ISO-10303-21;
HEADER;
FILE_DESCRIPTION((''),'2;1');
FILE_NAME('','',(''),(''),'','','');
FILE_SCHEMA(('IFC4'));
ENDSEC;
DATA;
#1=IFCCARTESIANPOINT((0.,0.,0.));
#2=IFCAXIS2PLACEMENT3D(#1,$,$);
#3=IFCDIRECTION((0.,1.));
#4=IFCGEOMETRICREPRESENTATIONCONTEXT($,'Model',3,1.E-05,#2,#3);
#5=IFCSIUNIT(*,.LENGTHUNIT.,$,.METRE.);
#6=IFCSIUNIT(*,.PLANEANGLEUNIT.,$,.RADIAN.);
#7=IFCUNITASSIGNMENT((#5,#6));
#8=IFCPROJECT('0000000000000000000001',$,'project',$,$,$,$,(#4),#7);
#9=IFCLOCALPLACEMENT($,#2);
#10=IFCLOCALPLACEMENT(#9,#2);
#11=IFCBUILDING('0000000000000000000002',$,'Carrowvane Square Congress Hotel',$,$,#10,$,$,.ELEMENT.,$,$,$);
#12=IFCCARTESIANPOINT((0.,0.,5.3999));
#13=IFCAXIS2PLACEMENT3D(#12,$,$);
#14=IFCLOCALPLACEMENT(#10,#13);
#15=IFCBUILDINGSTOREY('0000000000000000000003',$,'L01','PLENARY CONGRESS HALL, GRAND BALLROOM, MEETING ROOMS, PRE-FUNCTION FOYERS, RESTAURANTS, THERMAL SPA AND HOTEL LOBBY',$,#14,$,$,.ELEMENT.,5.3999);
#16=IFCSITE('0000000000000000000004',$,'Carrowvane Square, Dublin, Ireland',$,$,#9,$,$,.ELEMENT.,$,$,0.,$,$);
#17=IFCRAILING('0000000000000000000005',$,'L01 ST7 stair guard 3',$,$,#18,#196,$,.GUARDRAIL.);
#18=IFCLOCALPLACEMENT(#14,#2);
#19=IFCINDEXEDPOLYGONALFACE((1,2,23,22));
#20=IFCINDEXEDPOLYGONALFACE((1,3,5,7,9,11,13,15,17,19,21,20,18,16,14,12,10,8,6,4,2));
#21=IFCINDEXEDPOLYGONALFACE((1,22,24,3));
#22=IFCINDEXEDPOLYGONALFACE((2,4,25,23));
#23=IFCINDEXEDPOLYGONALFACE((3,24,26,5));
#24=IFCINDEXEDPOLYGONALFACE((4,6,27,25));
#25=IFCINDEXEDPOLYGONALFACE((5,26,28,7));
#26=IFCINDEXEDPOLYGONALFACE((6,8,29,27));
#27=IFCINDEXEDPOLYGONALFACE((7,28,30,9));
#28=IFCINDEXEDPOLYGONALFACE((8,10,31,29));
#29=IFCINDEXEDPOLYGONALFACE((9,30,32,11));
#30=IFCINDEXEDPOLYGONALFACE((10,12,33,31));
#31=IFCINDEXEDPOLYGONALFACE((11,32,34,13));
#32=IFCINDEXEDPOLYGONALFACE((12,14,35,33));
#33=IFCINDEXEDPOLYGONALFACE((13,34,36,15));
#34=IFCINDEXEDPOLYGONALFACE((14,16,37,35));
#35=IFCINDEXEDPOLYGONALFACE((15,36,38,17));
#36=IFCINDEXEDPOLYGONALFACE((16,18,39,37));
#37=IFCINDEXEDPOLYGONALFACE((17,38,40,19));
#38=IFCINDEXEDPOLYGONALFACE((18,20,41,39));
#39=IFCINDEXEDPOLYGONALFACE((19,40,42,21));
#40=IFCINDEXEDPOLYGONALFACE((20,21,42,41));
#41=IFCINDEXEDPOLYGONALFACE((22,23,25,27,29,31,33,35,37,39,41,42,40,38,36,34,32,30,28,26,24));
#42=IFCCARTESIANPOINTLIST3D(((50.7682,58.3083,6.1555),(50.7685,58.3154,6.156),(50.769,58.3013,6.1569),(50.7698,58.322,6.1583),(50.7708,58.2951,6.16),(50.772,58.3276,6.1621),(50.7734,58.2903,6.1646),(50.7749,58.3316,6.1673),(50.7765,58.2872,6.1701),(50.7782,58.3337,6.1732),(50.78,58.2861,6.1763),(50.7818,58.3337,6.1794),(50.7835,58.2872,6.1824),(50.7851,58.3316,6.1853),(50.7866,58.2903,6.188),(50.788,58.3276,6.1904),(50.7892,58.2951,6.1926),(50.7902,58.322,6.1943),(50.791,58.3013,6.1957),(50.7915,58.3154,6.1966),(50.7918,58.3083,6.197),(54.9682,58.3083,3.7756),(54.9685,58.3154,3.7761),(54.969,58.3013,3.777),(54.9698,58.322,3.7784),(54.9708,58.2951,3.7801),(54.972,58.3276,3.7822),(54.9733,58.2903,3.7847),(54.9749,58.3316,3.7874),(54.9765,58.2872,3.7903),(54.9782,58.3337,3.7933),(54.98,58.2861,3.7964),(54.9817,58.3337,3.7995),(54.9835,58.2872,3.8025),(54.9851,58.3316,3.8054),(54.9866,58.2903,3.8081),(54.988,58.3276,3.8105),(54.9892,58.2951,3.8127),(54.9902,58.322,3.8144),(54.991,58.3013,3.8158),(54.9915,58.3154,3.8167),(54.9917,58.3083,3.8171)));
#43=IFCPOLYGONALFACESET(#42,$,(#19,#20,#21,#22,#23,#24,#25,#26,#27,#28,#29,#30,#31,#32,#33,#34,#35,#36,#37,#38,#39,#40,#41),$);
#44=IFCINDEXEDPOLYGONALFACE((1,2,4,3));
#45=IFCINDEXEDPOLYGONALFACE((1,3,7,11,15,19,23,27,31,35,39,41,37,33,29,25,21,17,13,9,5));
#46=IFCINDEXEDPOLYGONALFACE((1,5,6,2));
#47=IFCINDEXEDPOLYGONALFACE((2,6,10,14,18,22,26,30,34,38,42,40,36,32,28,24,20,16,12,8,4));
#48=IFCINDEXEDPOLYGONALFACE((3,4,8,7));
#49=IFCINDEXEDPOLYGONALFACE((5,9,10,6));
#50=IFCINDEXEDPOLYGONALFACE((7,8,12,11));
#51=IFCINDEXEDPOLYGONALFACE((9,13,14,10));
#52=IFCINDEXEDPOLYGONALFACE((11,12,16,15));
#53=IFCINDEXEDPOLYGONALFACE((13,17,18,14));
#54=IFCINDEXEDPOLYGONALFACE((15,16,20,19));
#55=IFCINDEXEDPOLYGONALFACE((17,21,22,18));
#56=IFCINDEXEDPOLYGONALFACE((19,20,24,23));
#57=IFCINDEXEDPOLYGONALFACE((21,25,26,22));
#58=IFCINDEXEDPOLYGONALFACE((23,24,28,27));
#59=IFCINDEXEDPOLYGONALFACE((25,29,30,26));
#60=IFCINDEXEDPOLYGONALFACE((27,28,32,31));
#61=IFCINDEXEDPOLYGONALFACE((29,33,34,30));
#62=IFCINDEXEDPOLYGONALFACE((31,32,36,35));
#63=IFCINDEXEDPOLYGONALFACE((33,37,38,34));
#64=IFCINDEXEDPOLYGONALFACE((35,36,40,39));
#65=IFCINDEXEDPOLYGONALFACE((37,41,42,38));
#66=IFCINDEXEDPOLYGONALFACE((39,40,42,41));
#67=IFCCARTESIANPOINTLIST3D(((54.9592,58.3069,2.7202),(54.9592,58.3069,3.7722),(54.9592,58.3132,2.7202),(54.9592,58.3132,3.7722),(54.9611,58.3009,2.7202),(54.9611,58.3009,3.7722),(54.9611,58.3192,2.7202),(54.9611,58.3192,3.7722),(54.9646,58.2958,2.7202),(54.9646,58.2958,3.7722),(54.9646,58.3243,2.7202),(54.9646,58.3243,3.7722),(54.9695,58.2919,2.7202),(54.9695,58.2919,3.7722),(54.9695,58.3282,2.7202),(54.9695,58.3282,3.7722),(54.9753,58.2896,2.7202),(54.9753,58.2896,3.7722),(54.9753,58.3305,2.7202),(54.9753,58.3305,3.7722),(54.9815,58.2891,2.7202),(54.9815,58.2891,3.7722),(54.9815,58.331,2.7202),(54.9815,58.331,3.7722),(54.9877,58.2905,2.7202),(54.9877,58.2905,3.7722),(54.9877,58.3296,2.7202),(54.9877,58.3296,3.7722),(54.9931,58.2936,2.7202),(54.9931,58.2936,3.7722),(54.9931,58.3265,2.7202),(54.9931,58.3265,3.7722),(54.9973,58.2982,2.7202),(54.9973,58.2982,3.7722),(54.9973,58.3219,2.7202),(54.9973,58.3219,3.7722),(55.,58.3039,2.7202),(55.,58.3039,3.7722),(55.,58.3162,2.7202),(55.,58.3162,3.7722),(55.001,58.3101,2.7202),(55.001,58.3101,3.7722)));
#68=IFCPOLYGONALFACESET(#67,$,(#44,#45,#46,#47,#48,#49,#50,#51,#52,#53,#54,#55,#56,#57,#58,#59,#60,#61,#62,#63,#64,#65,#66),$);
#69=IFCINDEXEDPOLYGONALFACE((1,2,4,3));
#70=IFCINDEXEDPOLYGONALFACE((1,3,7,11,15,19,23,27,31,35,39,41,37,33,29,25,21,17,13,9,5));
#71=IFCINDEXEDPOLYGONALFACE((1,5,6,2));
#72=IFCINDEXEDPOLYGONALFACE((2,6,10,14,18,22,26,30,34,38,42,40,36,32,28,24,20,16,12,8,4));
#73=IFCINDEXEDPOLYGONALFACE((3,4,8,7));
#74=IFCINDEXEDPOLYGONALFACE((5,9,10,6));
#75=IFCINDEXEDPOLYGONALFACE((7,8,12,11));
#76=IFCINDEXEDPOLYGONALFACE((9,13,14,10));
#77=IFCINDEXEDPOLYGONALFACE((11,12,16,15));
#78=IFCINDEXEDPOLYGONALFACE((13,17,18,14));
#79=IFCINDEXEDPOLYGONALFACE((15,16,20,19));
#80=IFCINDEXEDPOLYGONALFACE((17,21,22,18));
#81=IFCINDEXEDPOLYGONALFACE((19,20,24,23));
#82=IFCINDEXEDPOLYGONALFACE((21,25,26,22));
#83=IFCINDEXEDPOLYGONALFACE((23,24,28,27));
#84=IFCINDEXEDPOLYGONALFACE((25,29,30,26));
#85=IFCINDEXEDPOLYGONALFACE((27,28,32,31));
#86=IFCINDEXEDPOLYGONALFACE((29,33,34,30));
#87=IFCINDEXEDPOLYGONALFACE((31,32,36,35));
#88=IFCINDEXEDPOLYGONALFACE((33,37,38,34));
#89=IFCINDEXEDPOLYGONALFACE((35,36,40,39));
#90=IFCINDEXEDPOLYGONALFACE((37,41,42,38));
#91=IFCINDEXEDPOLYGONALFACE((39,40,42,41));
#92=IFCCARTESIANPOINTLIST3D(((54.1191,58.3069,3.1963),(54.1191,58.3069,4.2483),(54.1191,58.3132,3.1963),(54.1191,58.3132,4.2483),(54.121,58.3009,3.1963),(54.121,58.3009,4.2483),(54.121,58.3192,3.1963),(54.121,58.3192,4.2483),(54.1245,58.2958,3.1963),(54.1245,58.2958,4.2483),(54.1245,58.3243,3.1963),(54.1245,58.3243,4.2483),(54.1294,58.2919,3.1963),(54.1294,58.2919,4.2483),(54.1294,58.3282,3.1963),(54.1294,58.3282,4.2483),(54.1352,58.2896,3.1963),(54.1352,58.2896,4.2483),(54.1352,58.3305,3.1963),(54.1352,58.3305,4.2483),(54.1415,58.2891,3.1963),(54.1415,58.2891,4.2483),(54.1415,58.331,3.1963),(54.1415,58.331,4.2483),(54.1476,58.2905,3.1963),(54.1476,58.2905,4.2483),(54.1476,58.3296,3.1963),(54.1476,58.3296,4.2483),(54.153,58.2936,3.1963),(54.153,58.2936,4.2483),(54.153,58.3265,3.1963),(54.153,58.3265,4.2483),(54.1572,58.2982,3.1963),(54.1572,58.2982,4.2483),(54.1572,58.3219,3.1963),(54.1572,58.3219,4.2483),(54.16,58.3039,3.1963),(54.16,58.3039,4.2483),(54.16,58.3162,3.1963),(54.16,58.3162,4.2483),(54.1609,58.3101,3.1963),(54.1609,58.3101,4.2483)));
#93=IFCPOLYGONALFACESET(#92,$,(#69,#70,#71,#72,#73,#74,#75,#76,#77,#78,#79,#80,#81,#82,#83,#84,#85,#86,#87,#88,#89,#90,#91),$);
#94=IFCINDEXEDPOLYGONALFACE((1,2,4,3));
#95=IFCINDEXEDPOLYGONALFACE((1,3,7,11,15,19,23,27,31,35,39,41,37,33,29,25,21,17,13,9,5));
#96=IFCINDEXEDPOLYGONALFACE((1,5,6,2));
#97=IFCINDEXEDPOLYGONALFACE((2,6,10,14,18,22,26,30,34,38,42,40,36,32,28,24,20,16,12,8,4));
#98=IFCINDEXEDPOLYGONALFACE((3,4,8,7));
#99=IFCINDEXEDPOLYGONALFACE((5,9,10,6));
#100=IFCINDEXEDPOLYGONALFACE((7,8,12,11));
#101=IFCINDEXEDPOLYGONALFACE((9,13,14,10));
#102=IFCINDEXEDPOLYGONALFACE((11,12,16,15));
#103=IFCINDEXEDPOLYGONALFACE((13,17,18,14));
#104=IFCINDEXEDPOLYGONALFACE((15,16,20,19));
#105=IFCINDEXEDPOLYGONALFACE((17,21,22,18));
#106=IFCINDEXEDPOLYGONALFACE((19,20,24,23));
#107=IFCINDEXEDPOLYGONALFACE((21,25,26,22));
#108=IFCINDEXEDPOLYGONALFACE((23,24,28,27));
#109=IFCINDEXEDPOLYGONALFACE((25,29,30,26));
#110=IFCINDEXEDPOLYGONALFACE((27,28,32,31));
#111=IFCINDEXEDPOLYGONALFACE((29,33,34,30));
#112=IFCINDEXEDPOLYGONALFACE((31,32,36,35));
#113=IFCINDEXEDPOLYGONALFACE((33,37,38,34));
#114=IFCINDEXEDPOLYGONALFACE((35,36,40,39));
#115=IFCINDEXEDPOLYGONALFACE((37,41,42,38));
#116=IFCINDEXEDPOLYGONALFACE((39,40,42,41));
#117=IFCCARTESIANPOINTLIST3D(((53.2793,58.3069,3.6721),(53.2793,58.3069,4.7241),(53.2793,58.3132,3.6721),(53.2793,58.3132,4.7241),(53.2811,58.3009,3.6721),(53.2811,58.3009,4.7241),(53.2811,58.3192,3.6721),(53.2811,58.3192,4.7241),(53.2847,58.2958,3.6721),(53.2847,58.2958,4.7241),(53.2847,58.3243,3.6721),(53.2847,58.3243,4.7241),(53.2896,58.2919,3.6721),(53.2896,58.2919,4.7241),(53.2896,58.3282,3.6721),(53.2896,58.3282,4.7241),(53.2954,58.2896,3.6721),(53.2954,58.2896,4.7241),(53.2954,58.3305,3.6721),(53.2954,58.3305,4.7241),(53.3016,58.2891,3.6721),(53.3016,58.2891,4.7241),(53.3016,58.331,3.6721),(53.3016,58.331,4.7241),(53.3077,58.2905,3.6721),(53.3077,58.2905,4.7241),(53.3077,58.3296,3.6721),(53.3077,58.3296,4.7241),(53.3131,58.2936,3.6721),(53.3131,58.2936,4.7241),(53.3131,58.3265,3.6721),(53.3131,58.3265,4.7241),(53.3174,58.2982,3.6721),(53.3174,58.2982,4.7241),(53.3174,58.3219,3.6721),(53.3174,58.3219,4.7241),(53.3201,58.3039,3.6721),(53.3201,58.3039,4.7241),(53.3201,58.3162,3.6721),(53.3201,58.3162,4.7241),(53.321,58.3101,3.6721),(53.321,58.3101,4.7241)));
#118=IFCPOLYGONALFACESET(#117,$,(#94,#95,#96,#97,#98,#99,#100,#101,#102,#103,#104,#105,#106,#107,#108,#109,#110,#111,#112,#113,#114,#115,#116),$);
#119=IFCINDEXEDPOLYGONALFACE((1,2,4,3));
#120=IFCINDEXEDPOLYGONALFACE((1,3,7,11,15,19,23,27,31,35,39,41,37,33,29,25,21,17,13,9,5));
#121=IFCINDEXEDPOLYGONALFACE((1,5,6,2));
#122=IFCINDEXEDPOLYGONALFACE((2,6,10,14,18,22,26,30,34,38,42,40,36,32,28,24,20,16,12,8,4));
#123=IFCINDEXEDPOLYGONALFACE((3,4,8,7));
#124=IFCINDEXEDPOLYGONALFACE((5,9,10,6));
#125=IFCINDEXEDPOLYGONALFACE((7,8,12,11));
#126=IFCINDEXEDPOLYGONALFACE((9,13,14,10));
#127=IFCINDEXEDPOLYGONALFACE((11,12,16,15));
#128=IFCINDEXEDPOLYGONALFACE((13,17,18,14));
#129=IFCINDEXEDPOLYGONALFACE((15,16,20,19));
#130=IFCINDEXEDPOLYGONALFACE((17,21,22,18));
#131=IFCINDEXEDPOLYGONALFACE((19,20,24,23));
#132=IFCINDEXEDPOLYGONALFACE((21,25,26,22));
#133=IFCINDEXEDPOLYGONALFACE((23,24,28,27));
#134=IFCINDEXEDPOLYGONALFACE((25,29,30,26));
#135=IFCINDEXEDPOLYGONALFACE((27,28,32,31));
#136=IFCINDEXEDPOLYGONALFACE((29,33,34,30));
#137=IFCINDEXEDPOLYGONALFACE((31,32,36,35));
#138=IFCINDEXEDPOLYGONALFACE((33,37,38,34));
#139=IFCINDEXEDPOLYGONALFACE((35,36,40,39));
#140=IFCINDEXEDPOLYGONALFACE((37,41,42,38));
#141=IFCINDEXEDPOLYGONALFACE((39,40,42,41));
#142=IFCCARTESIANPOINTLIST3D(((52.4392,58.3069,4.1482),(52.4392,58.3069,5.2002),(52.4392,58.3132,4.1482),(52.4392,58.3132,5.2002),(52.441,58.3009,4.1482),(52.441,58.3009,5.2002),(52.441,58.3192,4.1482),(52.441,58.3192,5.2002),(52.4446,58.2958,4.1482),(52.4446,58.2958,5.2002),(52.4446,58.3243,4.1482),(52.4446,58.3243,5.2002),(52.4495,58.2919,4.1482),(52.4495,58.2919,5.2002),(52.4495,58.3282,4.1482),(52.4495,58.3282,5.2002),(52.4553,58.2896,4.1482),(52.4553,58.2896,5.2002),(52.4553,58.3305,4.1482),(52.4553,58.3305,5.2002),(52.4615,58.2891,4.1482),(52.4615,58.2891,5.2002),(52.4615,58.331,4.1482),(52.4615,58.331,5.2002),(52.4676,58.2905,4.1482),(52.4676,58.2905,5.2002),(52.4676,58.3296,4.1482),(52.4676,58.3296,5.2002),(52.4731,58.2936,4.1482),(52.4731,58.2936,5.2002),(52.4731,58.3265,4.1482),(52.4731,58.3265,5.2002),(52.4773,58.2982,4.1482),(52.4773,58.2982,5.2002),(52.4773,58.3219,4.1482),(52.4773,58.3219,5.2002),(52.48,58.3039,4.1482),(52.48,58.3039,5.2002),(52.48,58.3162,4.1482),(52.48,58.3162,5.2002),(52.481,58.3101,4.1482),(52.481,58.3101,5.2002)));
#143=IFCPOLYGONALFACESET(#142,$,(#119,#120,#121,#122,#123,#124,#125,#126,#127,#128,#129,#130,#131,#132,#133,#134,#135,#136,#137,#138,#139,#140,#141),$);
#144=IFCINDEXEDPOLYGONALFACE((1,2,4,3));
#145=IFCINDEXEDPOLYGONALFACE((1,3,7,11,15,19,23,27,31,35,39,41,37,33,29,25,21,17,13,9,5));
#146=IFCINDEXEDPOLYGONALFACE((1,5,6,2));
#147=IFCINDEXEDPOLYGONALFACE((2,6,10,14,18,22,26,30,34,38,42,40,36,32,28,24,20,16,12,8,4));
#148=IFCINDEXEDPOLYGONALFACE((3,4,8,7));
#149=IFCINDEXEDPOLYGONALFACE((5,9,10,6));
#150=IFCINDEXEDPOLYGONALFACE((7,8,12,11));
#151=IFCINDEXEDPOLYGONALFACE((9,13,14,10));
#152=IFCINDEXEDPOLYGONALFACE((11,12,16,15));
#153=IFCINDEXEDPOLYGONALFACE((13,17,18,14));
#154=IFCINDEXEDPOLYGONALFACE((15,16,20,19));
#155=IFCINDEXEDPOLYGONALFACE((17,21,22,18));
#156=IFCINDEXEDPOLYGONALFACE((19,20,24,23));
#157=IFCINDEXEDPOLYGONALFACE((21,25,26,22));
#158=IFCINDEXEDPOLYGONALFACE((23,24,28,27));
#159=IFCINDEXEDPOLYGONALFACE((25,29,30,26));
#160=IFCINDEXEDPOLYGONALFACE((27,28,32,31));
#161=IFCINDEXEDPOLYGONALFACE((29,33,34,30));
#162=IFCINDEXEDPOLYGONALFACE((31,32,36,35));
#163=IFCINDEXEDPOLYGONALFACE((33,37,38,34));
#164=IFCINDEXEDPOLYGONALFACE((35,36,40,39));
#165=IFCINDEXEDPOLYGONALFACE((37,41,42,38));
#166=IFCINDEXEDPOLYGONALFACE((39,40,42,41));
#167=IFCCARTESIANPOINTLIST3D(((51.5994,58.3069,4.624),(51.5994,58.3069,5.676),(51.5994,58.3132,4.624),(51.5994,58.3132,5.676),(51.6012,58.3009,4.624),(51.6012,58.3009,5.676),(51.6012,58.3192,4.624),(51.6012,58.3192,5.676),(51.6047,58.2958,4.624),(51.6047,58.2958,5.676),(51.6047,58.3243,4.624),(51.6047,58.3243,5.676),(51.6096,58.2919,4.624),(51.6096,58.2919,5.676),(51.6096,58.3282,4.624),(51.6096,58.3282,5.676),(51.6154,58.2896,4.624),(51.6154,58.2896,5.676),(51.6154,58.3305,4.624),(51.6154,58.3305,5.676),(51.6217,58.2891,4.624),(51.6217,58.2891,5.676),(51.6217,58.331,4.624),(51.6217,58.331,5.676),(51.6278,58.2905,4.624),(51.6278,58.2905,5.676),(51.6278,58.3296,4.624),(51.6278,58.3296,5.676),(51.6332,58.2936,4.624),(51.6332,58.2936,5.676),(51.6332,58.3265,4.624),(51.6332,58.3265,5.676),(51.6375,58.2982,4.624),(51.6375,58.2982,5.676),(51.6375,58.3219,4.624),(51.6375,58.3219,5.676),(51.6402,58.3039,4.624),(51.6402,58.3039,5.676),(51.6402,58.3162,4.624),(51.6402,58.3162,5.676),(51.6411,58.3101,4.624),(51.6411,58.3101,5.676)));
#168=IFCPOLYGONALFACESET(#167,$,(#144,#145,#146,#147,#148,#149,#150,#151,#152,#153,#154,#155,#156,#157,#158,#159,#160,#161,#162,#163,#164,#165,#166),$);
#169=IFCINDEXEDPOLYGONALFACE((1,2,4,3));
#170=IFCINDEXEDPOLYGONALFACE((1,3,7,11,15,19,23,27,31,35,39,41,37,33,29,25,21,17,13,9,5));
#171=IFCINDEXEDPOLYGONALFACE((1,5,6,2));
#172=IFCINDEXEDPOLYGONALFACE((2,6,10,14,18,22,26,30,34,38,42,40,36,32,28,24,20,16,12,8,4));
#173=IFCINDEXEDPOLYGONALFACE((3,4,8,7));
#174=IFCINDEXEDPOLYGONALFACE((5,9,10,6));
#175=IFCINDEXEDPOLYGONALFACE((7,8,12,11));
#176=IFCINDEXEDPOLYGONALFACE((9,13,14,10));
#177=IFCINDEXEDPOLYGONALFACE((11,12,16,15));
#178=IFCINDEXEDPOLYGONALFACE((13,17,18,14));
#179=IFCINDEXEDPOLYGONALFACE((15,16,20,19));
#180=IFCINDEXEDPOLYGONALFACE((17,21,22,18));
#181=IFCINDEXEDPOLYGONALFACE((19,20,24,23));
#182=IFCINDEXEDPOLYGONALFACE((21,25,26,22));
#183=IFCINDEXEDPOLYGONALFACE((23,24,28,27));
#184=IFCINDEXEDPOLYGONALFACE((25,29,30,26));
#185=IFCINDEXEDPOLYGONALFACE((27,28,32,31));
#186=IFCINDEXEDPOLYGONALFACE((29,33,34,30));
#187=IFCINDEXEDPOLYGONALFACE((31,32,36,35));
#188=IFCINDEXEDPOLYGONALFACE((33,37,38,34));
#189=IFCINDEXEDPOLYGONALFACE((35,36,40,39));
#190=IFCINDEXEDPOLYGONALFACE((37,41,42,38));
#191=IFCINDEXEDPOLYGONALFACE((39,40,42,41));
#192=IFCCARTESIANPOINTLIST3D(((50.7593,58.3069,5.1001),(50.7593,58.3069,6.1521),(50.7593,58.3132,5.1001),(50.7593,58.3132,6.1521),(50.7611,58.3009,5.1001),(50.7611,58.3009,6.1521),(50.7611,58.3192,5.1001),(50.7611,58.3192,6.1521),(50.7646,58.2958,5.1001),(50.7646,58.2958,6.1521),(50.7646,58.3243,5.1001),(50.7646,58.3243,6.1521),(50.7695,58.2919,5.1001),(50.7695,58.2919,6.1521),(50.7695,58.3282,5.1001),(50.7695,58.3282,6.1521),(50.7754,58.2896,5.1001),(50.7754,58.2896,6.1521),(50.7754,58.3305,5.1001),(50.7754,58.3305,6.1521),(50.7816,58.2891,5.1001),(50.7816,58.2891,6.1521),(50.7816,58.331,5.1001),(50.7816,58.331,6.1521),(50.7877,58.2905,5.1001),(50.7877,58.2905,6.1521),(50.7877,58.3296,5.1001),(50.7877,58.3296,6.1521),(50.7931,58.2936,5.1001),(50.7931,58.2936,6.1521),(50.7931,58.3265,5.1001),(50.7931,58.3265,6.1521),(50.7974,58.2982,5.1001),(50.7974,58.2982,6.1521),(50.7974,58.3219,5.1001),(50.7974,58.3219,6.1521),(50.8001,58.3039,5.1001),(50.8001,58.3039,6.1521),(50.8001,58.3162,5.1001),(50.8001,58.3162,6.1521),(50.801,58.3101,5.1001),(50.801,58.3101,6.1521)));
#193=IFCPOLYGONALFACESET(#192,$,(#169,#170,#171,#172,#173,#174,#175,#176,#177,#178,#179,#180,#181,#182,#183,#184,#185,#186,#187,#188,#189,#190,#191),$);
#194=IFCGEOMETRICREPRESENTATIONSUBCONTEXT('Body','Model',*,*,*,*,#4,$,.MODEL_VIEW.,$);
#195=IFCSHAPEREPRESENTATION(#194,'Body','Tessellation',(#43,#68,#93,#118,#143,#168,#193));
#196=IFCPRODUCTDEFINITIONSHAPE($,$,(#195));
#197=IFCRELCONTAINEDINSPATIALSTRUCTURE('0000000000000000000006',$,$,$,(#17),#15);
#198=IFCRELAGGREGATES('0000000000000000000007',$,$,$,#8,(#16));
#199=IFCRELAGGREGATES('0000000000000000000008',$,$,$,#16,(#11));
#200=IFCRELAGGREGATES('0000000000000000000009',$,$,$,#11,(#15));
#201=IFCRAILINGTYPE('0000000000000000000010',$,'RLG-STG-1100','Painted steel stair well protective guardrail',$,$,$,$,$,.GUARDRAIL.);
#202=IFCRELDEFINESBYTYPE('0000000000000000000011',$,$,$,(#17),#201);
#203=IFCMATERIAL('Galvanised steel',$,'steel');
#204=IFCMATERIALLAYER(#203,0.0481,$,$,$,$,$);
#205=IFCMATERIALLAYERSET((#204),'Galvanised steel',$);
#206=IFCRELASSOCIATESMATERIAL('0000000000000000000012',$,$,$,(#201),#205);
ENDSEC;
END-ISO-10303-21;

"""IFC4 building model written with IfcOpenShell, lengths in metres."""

from ifc_helpers import new_model, si_unit, direction, frame, origin, origin_2d, place, context, subcontext, project, spatial, circle, extrude, material, layer, layer_set, type_object, element, save


model = new_model("IFC4")

# Units and contexts
model_context = context("Model", 3, precision=1e-05, world=origin(), true_north=direction((0.0, 1.0)))
body_context = subcontext(model_context, "Body", "Model", "MODEL_VIEW")
ifc_project = project(units=[si_unit("LENGTHUNIT", "METRE"), si_unit("PLANEANGLEUNIT", "RADIAN")], contexts=[model_context])

# Site, building, storey
site_placement = place(None, origin())
site = spatial("IfcSite", under=ifc_project, at=site_placement, Name="Carrowvane Square, Dublin, Ireland", CompositionType="ELEMENT", RefElevation=0.0)
building_placement = place(site_placement, origin())
building = spatial("IfcBuilding", under=site, at=building_placement, Name="Carrowvane Square Congress Hotel", CompositionType="ELEMENT")
storey_placement = place(building_placement, frame((0.0, 0.0, 5.3999)))
storey = spatial("IfcBuildingStorey", under=building, at=storey_placement, Name="L01", Description="PLENARY CONGRESS HALL, GRAND BALLROOM, MEETING ROOMS, PRE-FUNCTION FOYERS, RESTAURANTS, THERMAL SPA AND HOTEL LOBBY", CompositionType="ELEMENT", Elevation=5.3999)

# Railing
ifc_material_1 = material(Name="Galvanised steel", Category="steel")
ifc_layer_1 = layer(ifc_material_1, 0.0481)
ifc_layer_set_1 = layer_set([ifc_layer_1], Name="Galvanised steel")
railing_type_1 = type_object("IfcRailingType", Name="RLG-STG-1100", Description="Painted steel stair well protective guardrail", PredefinedType="GUARDRAIL", material=ifc_layer_set_1)
railing_1_placement = place(storey_placement, frame((54.98, 58.3101, 2.7202)))
element("IfcRailing", 1, at=railing_1_placement, inside=storey, type_object=railing_type_1, Name="L01 ST7 stair guard 3", PredefinedType="GUARDRAIL", context=body_context, shape_type="SweptSolid", body=[
    extrude(circle(Radius=0.0239, at=origin_2d()), frame((0.0, 0.0, 1.0762), z_axis=(-0.87003, 0.0, 0.492999), x_axis=(0.0, -1.0, 0.0)), (0.0, 0.0, 1.0), 4.8274),
    extrude(circle(Radius=0.021, at=origin_2d()), origin(), (0.0, 0.0, 1.0), 1.052),
    extrude(circle(Radius=0.021, at=origin_2d()), frame((-0.8401, 0.0, 0.4761)), (0.0, 0.0, 1.0), 1.052),
    extrude(circle(Radius=0.021, at=origin_2d()), frame((-1.6799, 0.0, 0.9519)), (0.0, 0.0, 1.0), 1.052),
    extrude(circle(Radius=0.021, at=origin_2d()), frame((-2.52, 0.0, 1.428)), (0.0, 0.0, 1.0), 1.052),
    extrude(circle(Radius=0.021, at=origin_2d()), frame((-3.3599, 0.0, 1.9038)), (0.0, 0.0, 1.0), 1.052),
    extrude(circle(Radius=0.021, at=origin_2d()), frame((-4.2, 0.0, 2.3799)), (0.0, 0.0, 1.0), 1.052),
])

save(model, "model.ifc")
